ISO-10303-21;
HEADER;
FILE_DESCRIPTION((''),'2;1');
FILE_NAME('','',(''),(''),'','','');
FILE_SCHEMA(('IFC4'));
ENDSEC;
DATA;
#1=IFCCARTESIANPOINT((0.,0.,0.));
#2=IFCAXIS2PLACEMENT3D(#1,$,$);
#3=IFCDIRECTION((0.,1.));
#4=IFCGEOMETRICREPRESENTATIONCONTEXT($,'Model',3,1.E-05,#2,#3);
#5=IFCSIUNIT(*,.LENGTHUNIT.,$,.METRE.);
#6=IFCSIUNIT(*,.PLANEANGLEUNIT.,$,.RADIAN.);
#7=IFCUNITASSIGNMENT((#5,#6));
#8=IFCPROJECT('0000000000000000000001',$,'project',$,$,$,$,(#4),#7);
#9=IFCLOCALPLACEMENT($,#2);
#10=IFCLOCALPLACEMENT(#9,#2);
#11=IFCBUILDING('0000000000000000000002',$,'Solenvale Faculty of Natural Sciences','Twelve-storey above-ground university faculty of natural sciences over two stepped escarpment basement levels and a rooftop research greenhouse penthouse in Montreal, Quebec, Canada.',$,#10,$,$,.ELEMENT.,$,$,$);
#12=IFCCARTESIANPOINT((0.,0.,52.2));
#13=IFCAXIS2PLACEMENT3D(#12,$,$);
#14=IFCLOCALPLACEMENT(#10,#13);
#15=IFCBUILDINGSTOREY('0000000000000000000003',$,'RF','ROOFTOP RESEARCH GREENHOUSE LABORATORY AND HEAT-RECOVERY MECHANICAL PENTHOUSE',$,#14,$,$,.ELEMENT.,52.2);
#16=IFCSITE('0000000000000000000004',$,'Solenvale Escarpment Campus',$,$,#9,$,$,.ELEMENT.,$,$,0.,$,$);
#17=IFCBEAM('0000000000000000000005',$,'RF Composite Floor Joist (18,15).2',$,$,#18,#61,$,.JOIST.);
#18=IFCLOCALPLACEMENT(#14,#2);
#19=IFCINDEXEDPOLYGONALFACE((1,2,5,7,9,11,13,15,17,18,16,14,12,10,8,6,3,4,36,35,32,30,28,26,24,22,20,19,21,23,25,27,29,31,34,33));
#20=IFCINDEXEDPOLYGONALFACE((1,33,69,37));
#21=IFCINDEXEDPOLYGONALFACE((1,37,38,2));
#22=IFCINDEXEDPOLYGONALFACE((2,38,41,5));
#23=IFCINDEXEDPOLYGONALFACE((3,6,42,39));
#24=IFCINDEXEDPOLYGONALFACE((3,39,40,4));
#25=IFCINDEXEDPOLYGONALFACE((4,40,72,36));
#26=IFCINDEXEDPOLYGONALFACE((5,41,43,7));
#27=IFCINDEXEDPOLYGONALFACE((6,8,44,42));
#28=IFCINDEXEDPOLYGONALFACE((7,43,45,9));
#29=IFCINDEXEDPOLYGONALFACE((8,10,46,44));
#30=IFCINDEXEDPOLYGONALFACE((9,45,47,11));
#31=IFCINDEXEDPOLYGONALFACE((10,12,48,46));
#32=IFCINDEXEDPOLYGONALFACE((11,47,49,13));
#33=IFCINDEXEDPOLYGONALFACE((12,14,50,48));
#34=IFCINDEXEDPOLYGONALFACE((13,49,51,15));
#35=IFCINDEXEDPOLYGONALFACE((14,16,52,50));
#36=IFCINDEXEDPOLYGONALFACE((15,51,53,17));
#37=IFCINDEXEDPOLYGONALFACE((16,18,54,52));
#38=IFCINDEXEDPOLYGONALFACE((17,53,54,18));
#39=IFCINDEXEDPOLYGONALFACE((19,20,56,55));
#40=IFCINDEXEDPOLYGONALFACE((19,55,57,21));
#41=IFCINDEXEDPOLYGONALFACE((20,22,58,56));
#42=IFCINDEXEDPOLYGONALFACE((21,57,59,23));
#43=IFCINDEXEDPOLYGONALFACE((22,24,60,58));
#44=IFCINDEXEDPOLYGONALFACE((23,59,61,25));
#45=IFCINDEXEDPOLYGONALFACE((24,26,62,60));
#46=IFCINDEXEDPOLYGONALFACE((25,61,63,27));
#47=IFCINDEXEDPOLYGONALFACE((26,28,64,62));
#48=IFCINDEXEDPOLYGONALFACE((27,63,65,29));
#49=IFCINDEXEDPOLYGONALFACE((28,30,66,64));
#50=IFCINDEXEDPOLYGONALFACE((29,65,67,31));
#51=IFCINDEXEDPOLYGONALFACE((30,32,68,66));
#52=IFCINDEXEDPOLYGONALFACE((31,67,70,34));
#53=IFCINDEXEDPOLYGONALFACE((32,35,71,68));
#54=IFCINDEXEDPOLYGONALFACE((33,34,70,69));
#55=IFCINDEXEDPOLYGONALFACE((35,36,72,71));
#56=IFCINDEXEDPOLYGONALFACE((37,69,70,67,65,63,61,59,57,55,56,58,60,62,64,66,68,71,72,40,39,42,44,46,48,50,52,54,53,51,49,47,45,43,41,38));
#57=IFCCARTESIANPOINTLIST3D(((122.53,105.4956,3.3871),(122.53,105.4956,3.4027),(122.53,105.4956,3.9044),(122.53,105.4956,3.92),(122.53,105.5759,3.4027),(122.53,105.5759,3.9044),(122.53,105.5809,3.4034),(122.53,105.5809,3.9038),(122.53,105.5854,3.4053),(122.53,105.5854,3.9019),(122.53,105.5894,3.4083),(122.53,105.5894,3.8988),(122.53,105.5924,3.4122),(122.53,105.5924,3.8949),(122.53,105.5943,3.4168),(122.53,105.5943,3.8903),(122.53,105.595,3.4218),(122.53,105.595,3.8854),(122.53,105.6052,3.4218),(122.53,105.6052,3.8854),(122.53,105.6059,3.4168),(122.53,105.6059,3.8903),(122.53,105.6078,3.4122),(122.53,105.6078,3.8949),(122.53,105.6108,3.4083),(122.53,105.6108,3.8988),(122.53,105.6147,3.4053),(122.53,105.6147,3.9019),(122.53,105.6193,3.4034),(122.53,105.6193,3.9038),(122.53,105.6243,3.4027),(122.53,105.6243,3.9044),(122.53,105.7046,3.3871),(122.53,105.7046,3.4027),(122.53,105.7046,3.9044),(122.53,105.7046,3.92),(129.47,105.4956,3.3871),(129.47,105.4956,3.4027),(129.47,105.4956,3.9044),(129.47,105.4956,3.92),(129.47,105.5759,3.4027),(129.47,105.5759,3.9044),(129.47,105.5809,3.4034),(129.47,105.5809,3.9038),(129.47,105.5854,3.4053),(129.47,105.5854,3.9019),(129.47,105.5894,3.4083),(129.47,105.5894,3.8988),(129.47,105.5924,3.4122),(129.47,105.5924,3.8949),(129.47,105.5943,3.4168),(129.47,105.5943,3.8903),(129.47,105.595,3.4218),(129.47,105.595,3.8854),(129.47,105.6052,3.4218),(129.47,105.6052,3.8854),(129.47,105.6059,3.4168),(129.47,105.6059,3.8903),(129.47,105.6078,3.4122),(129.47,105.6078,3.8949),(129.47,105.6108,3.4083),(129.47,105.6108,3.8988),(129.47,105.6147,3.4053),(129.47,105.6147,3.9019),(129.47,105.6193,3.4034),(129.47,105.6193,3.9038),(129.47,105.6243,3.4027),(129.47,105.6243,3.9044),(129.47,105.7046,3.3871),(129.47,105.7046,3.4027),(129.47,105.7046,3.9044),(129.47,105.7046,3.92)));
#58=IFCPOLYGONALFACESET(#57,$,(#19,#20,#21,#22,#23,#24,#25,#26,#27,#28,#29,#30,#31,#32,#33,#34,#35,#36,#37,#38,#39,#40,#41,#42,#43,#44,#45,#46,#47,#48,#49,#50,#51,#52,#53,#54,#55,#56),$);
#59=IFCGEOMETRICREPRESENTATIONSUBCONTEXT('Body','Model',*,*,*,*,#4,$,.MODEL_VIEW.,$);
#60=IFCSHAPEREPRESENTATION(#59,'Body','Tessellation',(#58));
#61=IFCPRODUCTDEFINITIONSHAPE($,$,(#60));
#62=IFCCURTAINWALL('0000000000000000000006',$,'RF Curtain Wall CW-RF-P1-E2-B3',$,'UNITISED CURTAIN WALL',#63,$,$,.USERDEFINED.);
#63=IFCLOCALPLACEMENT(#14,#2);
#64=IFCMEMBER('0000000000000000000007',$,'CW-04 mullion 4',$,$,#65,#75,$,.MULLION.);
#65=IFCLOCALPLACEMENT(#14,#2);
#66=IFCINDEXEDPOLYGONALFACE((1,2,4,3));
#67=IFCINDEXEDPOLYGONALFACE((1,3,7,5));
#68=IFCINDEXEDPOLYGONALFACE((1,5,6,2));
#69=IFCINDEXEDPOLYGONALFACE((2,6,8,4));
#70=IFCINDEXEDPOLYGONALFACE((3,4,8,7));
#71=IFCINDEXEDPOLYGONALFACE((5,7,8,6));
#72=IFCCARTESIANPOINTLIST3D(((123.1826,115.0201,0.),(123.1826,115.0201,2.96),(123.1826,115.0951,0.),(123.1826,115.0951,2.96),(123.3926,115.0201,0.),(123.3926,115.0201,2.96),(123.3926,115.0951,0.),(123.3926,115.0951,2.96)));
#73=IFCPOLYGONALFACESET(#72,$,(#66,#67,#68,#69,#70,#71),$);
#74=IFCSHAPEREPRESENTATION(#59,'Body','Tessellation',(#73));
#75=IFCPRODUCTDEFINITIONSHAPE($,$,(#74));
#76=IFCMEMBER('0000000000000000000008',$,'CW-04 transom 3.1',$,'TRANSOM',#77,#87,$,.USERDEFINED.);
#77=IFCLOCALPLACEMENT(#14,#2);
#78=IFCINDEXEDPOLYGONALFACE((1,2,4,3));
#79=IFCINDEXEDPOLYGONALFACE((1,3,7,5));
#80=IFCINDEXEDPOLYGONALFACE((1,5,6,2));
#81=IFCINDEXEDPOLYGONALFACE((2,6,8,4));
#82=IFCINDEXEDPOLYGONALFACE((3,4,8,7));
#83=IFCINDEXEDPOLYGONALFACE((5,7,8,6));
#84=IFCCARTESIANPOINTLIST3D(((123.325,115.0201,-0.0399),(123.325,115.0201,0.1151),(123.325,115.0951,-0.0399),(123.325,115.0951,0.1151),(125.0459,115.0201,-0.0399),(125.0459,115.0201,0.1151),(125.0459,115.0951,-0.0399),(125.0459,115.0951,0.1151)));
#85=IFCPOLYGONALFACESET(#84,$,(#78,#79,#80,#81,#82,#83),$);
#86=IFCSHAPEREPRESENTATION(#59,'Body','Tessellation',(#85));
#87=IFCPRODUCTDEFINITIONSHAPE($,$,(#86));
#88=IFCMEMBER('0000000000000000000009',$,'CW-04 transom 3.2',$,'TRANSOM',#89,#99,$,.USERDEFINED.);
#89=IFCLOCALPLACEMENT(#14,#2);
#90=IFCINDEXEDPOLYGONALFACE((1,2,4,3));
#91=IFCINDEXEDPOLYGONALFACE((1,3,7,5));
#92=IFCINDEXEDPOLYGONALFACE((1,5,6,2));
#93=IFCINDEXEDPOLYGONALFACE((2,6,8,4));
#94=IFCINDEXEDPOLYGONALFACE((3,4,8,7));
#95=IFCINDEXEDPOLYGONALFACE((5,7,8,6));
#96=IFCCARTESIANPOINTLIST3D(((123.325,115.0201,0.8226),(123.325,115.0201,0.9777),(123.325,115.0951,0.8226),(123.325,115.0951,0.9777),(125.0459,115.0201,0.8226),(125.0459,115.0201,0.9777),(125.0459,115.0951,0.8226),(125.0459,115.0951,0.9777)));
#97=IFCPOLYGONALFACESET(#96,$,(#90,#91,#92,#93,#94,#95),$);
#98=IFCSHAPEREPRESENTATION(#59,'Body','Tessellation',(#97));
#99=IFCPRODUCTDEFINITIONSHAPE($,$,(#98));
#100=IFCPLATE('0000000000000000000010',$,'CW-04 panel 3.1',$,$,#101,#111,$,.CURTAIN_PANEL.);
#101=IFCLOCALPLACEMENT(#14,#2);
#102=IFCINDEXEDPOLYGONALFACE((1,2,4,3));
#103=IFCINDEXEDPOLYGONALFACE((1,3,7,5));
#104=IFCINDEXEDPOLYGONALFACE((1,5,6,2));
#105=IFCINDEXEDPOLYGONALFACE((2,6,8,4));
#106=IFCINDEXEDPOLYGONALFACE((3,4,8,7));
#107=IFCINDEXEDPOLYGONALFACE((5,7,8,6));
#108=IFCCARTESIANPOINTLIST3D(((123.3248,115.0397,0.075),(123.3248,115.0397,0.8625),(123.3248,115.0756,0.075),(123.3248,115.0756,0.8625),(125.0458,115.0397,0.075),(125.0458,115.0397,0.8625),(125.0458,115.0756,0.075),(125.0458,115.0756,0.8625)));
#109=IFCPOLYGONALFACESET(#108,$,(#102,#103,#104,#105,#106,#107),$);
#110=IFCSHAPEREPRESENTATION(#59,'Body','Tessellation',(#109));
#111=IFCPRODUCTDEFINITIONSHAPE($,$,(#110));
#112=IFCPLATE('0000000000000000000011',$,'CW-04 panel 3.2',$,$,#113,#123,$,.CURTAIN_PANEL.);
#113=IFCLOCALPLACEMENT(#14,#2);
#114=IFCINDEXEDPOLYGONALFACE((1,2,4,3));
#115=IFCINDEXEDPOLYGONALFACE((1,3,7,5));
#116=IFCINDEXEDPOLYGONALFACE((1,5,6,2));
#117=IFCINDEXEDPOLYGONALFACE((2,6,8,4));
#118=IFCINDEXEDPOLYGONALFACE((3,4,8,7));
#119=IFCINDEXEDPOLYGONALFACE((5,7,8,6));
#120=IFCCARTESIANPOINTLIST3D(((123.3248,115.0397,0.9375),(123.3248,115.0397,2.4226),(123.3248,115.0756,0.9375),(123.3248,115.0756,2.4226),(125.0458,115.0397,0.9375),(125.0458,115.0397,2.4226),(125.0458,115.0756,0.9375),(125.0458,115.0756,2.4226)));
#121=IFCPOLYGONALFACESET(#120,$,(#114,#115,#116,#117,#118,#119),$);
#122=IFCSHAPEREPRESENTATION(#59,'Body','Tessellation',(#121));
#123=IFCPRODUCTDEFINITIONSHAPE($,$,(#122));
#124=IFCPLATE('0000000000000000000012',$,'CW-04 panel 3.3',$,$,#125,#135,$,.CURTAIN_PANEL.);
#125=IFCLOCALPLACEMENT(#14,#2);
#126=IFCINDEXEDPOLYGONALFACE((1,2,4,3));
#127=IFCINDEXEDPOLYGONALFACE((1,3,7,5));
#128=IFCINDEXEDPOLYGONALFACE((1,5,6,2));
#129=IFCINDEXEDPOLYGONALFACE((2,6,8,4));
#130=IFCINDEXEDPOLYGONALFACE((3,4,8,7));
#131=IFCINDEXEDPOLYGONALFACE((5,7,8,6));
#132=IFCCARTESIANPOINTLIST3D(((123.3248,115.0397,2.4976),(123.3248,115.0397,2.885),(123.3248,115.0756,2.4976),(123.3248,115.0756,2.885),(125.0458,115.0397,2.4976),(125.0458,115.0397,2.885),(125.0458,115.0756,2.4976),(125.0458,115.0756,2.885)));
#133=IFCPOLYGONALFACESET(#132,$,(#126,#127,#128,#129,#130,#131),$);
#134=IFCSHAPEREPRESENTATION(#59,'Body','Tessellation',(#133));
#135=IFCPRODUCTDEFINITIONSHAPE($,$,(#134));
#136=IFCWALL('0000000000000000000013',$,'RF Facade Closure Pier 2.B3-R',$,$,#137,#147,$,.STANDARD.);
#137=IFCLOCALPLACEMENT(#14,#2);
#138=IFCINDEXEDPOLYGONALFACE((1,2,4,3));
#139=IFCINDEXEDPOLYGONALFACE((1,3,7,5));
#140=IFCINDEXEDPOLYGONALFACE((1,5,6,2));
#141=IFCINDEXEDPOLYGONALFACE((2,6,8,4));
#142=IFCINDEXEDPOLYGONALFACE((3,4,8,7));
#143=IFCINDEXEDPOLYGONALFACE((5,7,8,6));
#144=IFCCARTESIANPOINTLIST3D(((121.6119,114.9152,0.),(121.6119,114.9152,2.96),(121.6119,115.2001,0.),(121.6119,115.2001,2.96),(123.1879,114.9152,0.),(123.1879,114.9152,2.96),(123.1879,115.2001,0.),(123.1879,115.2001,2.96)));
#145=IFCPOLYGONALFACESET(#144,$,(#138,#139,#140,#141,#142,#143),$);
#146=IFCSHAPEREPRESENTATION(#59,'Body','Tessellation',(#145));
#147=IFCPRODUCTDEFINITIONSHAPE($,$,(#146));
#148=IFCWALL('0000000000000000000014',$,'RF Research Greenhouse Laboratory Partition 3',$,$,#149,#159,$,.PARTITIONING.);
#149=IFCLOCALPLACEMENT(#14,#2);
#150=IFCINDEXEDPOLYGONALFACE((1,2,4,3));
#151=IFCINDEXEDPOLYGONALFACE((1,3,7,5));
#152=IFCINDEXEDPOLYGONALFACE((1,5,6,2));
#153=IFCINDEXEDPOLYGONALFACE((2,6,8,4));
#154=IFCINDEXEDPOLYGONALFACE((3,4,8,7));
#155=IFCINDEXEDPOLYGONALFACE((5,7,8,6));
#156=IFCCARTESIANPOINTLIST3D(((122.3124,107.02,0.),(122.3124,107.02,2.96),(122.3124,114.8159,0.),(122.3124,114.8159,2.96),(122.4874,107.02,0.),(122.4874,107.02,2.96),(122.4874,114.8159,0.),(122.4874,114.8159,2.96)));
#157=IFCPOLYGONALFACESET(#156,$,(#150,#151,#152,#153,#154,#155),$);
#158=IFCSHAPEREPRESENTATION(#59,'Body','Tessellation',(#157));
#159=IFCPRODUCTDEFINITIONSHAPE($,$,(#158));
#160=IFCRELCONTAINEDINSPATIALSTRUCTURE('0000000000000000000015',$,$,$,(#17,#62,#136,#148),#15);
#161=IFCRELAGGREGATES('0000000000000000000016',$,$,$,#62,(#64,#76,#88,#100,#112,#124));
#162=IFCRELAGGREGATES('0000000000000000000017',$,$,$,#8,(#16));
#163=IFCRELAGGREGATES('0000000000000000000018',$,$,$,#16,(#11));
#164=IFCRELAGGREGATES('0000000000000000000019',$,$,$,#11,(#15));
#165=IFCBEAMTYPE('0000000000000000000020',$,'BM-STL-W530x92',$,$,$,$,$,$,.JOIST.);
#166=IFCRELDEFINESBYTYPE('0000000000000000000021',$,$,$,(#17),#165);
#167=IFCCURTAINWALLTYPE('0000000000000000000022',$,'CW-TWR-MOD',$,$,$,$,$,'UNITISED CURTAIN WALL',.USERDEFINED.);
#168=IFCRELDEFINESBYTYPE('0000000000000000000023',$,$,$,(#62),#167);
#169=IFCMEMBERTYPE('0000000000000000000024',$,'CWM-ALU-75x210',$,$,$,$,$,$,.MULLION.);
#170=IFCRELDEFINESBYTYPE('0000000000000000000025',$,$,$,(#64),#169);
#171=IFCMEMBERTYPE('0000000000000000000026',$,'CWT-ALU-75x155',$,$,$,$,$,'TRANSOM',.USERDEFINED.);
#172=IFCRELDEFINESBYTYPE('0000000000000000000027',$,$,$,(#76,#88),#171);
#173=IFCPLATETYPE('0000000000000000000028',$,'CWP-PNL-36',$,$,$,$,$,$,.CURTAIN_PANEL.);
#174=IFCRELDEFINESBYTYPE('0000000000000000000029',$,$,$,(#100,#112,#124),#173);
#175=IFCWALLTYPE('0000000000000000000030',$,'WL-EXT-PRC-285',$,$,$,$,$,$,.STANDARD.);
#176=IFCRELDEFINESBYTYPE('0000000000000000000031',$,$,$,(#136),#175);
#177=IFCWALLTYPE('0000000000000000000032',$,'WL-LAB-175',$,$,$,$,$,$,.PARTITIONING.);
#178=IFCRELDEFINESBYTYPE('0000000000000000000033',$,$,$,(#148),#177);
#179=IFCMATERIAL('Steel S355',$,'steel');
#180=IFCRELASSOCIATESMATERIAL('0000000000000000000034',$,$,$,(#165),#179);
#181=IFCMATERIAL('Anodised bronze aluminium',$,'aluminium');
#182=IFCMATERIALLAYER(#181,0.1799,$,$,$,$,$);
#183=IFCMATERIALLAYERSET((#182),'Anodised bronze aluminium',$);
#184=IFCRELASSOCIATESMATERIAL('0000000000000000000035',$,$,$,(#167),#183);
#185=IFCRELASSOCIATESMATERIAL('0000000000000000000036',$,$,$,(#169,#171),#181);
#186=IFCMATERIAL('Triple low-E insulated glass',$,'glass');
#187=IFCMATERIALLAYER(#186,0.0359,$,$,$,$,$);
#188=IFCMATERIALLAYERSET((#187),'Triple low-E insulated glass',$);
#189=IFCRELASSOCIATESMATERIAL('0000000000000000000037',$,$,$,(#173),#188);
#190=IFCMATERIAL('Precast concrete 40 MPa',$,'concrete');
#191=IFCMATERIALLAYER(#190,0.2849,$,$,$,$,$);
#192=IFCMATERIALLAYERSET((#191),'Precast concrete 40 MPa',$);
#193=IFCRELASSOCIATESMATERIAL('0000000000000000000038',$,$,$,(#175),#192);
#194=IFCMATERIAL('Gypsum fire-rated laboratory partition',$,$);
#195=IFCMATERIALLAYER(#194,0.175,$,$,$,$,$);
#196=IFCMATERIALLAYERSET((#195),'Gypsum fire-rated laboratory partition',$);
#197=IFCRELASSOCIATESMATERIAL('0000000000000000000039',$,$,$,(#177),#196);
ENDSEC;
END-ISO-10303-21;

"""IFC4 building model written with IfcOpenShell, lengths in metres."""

from ifc_helpers import new_model, si_unit, direction, frame, frame_2d, origin, origin_2d, place, context, subcontext, project, spatial, rectangle, i_section, extrude, material, layer, layer_set, material_profile, profile_set, type_object, element, aggregate, save


model = new_model("IFC4")

# Units and contexts
model_context = context("Model", 3, precision=1e-05, world=origin(), true_north=direction((0.0, 1.0)))
body_context = subcontext(model_context, "Body", "Model", "MODEL_VIEW")
ifc_project = project(units=[si_unit("LENGTHUNIT", "METRE"), si_unit("PLANEANGLEUNIT", "RADIAN")], contexts=[model_context])

# Site, building, storey
site_placement = place(None, origin())
site = spatial("IfcSite", under=ifc_project, at=site_placement, Name="Solenvale Escarpment Campus", CompositionType="ELEMENT", RefElevation=0.0)
building_placement = place(site_placement, origin())
building = spatial("IfcBuilding", under=site, at=building_placement, Name="Solenvale Faculty of Natural Sciences", Description="Twelve-storey above-ground university faculty of natural sciences over two stepped escarpment basement levels and a rooftop research greenhouse penthouse in Montreal, Quebec, Canada.", CompositionType="ELEMENT")
storey_placement = place(building_placement, frame((0.0, 0.0, 52.2)))
storey = spatial("IfcBuildingStorey", under=building, at=storey_placement, Name="RF", Description="ROOFTOP RESEARCH GREENHOUSE LABORATORY AND HEAT-RECOVERY MECHANICAL PENTHOUSE", CompositionType="ELEMENT", Elevation=52.2)

# Beam
ifc_material_1 = material(Name="Steel S355", Category="steel")
ifc_material_profile_1 = material_profile(ifc_material_1, i_section(OverallWidth=0.209, OverallDepth=0.533, WebThickness=0.0103, FlangeThickness=0.0156, FilletRadius=0.019, at=origin_2d()), Name="W530x92")
ifc_profile_set_1 = profile_set([ifc_material_profile_1], Name="Steel S355")
beam_type_1 = type_object("IfcBeamType", Name="BM-STL-W530x92", PredefinedType="JOIST", material=ifc_profile_set_1)
for number, where, z_axis, x_axis, name in (
    (1, (122.53, 105.6001, 3.6536), (1.0, 0.0, 0.0), (0.0, 1.0, 0.0), "RF Composite Floor Joist (18,15).2"),
):
    element("IfcBeam", number, at=place(storey_placement, frame(where, z_axis=z_axis, x_axis=x_axis)), inside=storey, type_object=beam_type_1, Name=name, PredefinedType="JOIST", context=body_context, shape_type="SweptSolid", body=[
        extrude(i_section(OverallWidth=0.209, OverallDepth=0.533, WebThickness=0.0103, FlangeThickness=0.0156, FilletRadius=0.019, at=origin_2d()), origin(), (0.0, 0.0, 1.0), 6.9399),
    ])

# Curtain wall, members, plates
ifc_material_2 = material(Name="Anodised bronze aluminium", Category="aluminium")
ifc_layer_1 = layer(ifc_material_2, 0.1799)
ifc_layer_set_1 = layer_set([ifc_layer_1], Name="Anodised bronze aluminium")
curtain_wall_type = type_object("IfcCurtainWallType", Name="CW-TWR-MOD", ElementType="UNITISED CURTAIN WALL", PredefinedType="USERDEFINED", material=ifc_layer_set_1)
curtain_wall_placement = place(storey_placement, origin())
curtain_wall = element("IfcCurtainWall", 2, at=curtain_wall_placement, inside=storey, type_object=curtain_wall_type, Name="RF Curtain Wall CW-RF-P1-E2-B3", ObjectType="UNITISED CURTAIN WALL", PredefinedType="USERDEFINED")
ifc_material_profile_2 = material_profile(ifc_material_2, rectangle(XDim=0.075, YDim=0.21, at=origin_2d()), Name="ALU-MUL-75x210")
ifc_profile_set_2 = profile_set([ifc_material_profile_2], Name="Anodised bronze aluminium")
member_type_1 = type_object("IfcMemberType", Name="CWM-ALU-75x210", PredefinedType="MULLION", material=ifc_profile_set_2)
member_1_placement = place(storey_placement, frame((123.2876, 115.0576, 0.0), z_axis=(0.0, 0.0, 1.0), x_axis=(0.0, -1.0, 0.0)))
member_1 = element("IfcMember", 3, at=member_1_placement, type_object=member_type_1, Name="CW-04 mullion 4", PredefinedType="MULLION", context=body_context, shape_type="SweptSolid", body=[
    extrude(rectangle(XDim=0.075, YDim=0.21, at=origin_2d()), origin(), (0.0, 0.0, 1.0), 2.96),
])
ifc_material_profile_3 = material_profile(ifc_material_2, rectangle(XDim=0.075, YDim=0.155, at=origin_2d()), Name="ALU-TRN-75x155")
ifc_profile_set_3 = profile_set([ifc_material_profile_3], Name="Anodised bronze aluminium")
member_type_2 = type_object("IfcMemberType", Name="CWT-ALU-75x155", ElementType="TRANSOM", PredefinedType="USERDEFINED", material=ifc_profile_set_3)
member_2_placement = place(storey_placement, frame((125.0459, 115.0576, 0.0376), z_axis=(-1.0, 0.0, 0.0), x_axis=(0.0, -1.0, 0.0)))
member_2 = element("IfcMember", 4, at=member_2_placement, type_object=member_type_2, Name="CW-04 transom 3.1", ObjectType="TRANSOM", PredefinedType="USERDEFINED", context=body_context, shape_type="SweptSolid", body=[
    extrude(rectangle(XDim=0.075, YDim=0.155, at=origin_2d()), origin(), (0.0, 0.0, 1.0), 1.7209),
])
member_3_placement = place(storey_placement, frame((125.0459, 115.0576, 0.9001), z_axis=(-1.0, 0.0, 0.0), x_axis=(0.0, -1.0, 0.0)))
member_3 = element("IfcMember", 5, at=member_3_placement, type_object=member_type_2, Name="CW-04 transom 3.2", ObjectType="TRANSOM", PredefinedType="USERDEFINED", context=body_context, shape_type="SweptSolid", body=[
    extrude(rectangle(XDim=0.075, YDim=0.155, at=origin_2d()), origin(), (0.0, 0.0, 1.0), 1.7209),
])
ifc_material_3 = material(Name="Triple low-E insulated glass", Category="glass")
ifc_layer_2 = layer(ifc_material_3, 0.0359)
ifc_layer_set_2 = layer_set([ifc_layer_2], Name="Triple low-E insulated glass")
plate_type = type_object("IfcPlateType", Name="CWP-PNL-36", PredefinedType="CURTAIN_PANEL", material=ifc_layer_set_2)
plate_1_placement = place(storey_placement, frame((124.1853, 115.0576, 0.075), z_axis=(0.0, 0.0, 1.0), x_axis=(-1.0, 0.0, 0.0)))
plate_1 = element("IfcPlate", 6, at=plate_1_placement, type_object=plate_type, Name="CW-04 panel 3.1", PredefinedType="CURTAIN_PANEL", context=body_context, shape_type="SweptSolid", body=[
    extrude(rectangle(XDim=1.7209, YDim=0.0359, at=origin_2d()), origin(), (0.0, 0.0, 1.0), 0.7876),
])
plate_2_placement = place(storey_placement, frame((124.1853, 115.0576, 0.9375), z_axis=(0.0, 0.0, 1.0), x_axis=(-1.0, 0.0, 0.0)))
plate_2 = element("IfcPlate", 7, at=plate_2_placement, type_object=plate_type, Name="CW-04 panel 3.2", PredefinedType="CURTAIN_PANEL", context=body_context, shape_type="SweptSolid", body=[
    extrude(rectangle(XDim=1.7209, YDim=0.0359, at=origin_2d()), origin(), (0.0, 0.0, 1.0), 1.4851),
])
plate_3_placement = place(storey_placement, frame((124.1853, 115.0576, 2.4976), z_axis=(0.0, 0.0, 1.0), x_axis=(-1.0, 0.0, 0.0)))
plate_3 = element("IfcPlate", 8, at=plate_3_placement, type_object=plate_type, Name="CW-04 panel 3.3", PredefinedType="CURTAIN_PANEL", context=body_context, shape_type="SweptSolid", body=[
    extrude(rectangle(XDim=1.7209, YDim=0.0359, at=origin_2d()), origin(), (0.0, 0.0, 1.0), 0.3875),
])
aggregate(curtain_wall, [member_1, member_2, member_3, plate_1, plate_2, plate_3])

# Walls
ifc_material_4 = material(Name="Precast concrete 40 MPa", Category="concrete")
ifc_layer_3 = layer(ifc_material_4, 0.2849)
ifc_layer_set_3 = layer_set([ifc_layer_3], Name="Precast concrete 40 MPa")
wall_type_1 = type_object("IfcWallType", Name="WL-EXT-PRC-285", PredefinedType="STANDARD", material=ifc_layer_set_3)
wall_1_placement = place(storey_placement, frame((123.188, 115.0576, 0.0), z_axis=(0.0, 0.0, 1.0), x_axis=(-1.0, 0.0, 0.0)))
element("IfcWall", 9, at=wall_1_placement, inside=storey, type_object=wall_type_1, Name="RF Facade Closure Pier 2.B3-R", PredefinedType="STANDARD", context=body_context, shape_type="SweptSolid", body=[
    extrude(rectangle(XDim=1.5759, YDim=0.2849, at=frame_2d((0.7881, 0.0))), origin(), (0.0, 0.0, 1.0), 2.96),
])
ifc_material_5 = material(Name="Gypsum fire-rated laboratory partition")
ifc_layer_4 = layer(ifc_material_5, 0.175)
ifc_layer_set_4 = layer_set([ifc_layer_4], Name="Gypsum fire-rated laboratory partition")
wall_type_2 = type_object("IfcWallType", Name="WL-LAB-175", PredefinedType="PARTITIONING", material=ifc_layer_set_4)
wall_2_placement = place(storey_placement, frame((122.3999, 114.8159, 0.0), z_axis=(0.0, 0.0, 1.0), x_axis=(0.0, -1.0, 0.0)))
element("IfcWall", 10, at=wall_2_placement, inside=storey, type_object=wall_type_2, Name="RF Research Greenhouse Laboratory Partition 3", PredefinedType="PARTITIONING", context=body_context, shape_type="SweptSolid", body=[
    extrude(rectangle(XDim=7.7959, YDim=0.175, at=frame_2d((3.8979, 0.0))), origin(), (0.0, 0.0, 1.0), 2.96),
])

save(model, "model.ifc")
